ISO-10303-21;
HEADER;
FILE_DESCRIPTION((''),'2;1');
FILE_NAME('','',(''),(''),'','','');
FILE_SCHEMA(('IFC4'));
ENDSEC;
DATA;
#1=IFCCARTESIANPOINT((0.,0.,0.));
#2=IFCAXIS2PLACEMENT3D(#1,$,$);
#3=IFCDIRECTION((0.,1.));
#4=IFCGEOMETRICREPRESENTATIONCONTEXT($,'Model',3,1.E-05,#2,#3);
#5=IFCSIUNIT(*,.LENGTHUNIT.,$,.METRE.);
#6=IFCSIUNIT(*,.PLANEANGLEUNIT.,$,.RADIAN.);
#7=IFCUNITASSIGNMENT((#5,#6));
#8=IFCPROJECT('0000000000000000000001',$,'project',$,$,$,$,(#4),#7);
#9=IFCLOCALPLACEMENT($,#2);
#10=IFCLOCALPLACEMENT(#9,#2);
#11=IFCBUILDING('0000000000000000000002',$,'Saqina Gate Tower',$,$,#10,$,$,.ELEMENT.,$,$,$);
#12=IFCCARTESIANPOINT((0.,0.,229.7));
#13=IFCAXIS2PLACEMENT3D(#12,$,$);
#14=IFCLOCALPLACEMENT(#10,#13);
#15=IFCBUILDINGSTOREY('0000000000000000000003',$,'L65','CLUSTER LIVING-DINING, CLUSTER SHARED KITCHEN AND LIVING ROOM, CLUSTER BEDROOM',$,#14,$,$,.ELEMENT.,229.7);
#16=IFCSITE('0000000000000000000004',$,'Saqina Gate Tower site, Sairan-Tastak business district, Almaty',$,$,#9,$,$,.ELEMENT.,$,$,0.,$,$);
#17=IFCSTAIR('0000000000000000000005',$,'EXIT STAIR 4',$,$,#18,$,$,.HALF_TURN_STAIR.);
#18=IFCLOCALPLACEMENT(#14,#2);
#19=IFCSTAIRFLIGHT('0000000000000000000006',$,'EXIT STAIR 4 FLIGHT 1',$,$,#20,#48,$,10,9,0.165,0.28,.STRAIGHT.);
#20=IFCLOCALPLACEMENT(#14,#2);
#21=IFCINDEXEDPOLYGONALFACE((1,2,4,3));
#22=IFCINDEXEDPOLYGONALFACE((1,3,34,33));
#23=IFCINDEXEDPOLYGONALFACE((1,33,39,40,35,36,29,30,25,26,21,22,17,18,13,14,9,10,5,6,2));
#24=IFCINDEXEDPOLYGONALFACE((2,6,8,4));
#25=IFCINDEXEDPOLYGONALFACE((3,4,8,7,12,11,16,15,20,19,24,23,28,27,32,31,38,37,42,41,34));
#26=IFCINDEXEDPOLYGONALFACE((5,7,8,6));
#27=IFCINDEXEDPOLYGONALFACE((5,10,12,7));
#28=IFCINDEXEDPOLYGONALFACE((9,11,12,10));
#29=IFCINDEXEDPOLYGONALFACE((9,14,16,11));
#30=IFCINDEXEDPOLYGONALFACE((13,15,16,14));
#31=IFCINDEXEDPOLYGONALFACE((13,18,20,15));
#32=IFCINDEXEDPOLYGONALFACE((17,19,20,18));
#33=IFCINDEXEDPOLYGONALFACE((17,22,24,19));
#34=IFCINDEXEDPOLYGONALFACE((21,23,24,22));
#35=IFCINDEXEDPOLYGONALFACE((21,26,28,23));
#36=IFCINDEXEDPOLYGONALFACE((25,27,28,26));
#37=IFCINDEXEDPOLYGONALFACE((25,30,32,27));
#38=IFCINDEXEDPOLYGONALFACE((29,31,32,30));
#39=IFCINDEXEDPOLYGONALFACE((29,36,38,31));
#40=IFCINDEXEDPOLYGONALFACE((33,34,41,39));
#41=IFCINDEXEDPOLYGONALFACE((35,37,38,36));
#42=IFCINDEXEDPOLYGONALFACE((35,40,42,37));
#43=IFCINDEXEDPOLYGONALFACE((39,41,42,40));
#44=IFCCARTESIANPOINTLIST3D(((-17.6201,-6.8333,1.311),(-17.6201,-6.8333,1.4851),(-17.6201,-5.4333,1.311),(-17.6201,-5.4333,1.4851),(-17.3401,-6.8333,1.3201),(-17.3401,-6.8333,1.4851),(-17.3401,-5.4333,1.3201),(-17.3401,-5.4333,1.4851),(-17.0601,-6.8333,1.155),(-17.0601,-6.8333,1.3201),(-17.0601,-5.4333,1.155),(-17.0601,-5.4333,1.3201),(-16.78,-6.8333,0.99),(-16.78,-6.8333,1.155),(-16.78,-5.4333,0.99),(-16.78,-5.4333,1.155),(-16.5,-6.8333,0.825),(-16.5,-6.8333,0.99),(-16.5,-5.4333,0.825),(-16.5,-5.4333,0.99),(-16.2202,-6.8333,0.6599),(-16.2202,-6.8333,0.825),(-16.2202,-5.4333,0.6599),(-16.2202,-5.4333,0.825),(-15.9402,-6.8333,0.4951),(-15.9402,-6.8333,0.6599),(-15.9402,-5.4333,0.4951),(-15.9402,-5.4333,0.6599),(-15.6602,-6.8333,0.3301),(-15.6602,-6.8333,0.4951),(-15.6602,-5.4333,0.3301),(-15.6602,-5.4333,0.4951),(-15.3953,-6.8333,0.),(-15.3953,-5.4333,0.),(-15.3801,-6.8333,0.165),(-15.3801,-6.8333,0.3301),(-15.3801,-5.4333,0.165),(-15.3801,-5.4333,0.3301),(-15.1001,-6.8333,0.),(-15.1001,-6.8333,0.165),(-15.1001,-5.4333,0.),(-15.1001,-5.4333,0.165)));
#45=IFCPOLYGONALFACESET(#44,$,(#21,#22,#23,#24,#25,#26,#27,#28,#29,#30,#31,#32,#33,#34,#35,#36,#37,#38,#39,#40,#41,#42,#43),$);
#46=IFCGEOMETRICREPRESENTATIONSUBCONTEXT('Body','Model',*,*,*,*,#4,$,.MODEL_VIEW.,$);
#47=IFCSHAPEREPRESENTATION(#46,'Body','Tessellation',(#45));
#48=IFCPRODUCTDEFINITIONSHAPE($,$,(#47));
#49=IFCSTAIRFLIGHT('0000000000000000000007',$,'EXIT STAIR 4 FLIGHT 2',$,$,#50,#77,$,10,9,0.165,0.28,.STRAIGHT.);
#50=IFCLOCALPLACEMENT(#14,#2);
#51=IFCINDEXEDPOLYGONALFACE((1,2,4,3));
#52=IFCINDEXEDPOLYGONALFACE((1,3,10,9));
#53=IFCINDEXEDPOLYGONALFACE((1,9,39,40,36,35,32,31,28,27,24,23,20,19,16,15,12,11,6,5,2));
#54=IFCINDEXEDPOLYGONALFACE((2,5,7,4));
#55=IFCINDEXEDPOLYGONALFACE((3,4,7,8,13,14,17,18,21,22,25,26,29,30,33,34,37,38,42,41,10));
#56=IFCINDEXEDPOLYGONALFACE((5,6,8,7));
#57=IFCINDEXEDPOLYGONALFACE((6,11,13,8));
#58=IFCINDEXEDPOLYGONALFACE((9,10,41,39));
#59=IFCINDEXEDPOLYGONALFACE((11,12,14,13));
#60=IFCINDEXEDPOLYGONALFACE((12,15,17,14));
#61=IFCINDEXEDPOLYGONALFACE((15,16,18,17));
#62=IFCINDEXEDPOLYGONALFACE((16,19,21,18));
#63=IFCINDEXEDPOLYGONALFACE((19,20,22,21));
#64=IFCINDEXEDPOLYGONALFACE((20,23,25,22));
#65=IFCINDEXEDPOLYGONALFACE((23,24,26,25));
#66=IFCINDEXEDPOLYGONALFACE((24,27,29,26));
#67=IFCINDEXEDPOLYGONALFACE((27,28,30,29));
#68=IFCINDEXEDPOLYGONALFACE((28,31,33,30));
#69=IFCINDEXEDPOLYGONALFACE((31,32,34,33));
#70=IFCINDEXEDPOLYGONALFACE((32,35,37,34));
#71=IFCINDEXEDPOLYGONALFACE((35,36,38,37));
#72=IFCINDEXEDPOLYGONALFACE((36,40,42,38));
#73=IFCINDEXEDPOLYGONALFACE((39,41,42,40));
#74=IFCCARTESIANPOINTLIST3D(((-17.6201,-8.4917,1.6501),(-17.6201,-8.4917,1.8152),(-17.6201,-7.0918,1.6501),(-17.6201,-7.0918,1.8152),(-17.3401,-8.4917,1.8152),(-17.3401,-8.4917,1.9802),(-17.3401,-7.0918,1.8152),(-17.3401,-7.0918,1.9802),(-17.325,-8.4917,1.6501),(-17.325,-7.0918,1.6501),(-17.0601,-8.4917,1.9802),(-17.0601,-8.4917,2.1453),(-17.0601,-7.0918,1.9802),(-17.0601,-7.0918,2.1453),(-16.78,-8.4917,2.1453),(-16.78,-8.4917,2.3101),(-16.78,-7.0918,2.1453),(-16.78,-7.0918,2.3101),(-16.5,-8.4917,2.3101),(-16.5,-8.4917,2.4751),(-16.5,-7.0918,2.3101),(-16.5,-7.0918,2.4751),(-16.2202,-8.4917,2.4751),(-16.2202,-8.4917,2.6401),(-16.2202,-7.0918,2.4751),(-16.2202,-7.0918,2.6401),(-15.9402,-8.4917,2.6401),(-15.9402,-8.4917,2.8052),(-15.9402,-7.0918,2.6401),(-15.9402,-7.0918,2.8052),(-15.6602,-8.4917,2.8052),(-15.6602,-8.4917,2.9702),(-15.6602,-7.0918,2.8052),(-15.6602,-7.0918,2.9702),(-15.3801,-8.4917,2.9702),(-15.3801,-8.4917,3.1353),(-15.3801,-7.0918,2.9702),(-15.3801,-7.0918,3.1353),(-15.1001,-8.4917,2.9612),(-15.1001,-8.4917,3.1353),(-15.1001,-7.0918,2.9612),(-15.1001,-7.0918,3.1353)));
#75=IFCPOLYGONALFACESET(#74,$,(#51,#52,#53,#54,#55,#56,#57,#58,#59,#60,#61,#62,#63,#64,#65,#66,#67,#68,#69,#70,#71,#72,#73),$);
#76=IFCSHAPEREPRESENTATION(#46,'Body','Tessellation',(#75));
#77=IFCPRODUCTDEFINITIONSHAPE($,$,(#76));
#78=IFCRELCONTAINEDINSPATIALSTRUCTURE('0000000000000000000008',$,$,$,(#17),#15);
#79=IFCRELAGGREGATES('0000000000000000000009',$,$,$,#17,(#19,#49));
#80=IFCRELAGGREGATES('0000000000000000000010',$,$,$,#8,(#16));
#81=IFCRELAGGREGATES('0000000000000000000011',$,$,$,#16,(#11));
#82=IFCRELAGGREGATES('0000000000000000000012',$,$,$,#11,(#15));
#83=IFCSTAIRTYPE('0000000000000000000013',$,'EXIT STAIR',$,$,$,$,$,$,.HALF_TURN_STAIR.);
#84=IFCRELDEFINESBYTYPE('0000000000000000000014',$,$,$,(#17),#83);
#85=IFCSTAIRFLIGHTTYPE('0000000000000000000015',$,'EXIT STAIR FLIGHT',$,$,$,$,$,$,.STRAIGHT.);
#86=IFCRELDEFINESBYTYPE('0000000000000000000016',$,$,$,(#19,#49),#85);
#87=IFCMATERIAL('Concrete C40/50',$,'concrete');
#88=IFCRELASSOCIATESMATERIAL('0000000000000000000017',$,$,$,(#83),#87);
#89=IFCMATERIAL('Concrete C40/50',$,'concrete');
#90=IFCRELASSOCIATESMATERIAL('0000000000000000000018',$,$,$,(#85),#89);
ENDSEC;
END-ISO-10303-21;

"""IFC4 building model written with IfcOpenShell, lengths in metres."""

from ifc_helpers import new_model, si_unit, direction, frame, origin, place, context, subcontext, project, spatial, polyline, outline, extrude, material, type_object, element, aggregate, save


model = new_model("IFC4")

# Units and contexts
model_context = context("Model", 3, precision=1e-05, world=origin(), true_north=direction((0.0, 1.0)))
body_context = subcontext(model_context, "Body", "Model", "MODEL_VIEW")
ifc_project = project(units=[si_unit("LENGTHUNIT", "METRE"), si_unit("PLANEANGLEUNIT", "RADIAN")], contexts=[model_context])

# Site, building, storey
site_placement = place(None, origin())
site = spatial("IfcSite", under=ifc_project, at=site_placement, Name="Saqina Gate Tower site, Sairan-Tastak business district, Almaty", CompositionType="ELEMENT", RefElevation=0.0)
building_placement = place(site_placement, origin())
building = spatial("IfcBuilding", under=site, at=building_placement, Name="Saqina Gate Tower", CompositionType="ELEMENT")
storey_placement = place(building_placement, frame((0.0, 0.0, 229.7)))
storey = spatial("IfcBuildingStorey", under=building, at=storey_placement, Name="L65", Description="CLUSTER LIVING-DINING, CLUSTER SHARED KITCHEN AND LIVING ROOM, CLUSTER BEDROOM", CompositionType="ELEMENT", Elevation=229.7)

# Stair, stair flights
ifc_material_1 = material(Name="Concrete C40/50", Category="concrete")
stair_type = type_object("IfcStairType", Name="EXIT STAIR", PredefinedType="HALF_TURN_STAIR", material=ifc_material_1)
stair_placement = place(storey_placement, origin())
stair = element("IfcStair", 1, at=stair_placement, inside=storey, type_object=stair_type, Name="EXIT STAIR 4", PredefinedType="HALF_TURN_STAIR")
ifc_material_2 = material(Name="Concrete C40/50", Category="concrete")
stair_flight_type = type_object("IfcStairFlightType", Name="EXIT STAIR FLIGHT", PredefinedType="STRAIGHT", material=ifc_material_2)
stair_flight_1_placement = place(storey_placement, frame((-15.1001, -6.1333, 0.0), z_axis=(0.0, 0.0, 1.0), x_axis=(-1.0, 0.0, 0.0)))
stair_flight_1 = element("IfcStairFlight", 2, at=stair_flight_1_placement, type_object=stair_flight_type, Name="EXIT STAIR 4 FLIGHT 1", NumberOfRisers=10, NumberOfTreads=9, PredefinedType="STRAIGHT", RiserHeight=0.165, TreadLength=0.28, context=body_context, shape_type="SweptSolid", body=[
    extrude(outline(polyline([(0.0, 0.0), (0.0, 0.165), (0.28, 0.165), (0.28, 0.3301), (0.5601, 0.3301), (0.5601, 0.4951), (0.8401, 0.4951), (0.8401, 0.6599), (1.1201, 0.6599), (1.1201, 0.825), (1.3999, 0.825), (1.3999, 0.99), (1.6799, 0.99), (1.6799, 1.155), (1.96, 1.155), (1.96, 1.3201), (2.24, 1.3201), (2.24, 1.4851), (2.52, 1.4851), (2.52, 1.6499), (2.52, 1.311), (0.2952, 0.0), (0.0, 0.0)])), frame((0.0, 0.7, 0.0), z_axis=(0.0, -1.0, 0.0), x_axis=(1.0, 0.0, 0.0)), (0.0, 0.0, 1.0), 1.3999),
])
stair_flight_2_placement = place(storey_placement, frame((-17.6201, -7.7917, 1.6501), z_axis=(0.0, 0.0, 1.0), x_axis=(1.0, 0.0, 0.0)))
stair_flight_2 = element("IfcStairFlight", 3, at=stair_flight_2_placement, type_object=stair_flight_type, Name="EXIT STAIR 4 FLIGHT 2", NumberOfRisers=10, NumberOfTreads=9, PredefinedType="STRAIGHT", RiserHeight=0.165, TreadLength=0.28, context=body_context, shape_type="SweptSolid", body=[
    extrude(outline(polyline([(0.0, 0.0), (0.0, 0.165), (0.28, 0.165), (0.28, 0.3301), (0.5601, 0.3301), (0.5601, 0.4951), (0.8401, 0.4951), (0.8401, 0.6599), (1.1201, 0.6599), (1.1201, 0.825), (1.3999, 0.825), (1.3999, 0.99), (1.6799, 0.99), (1.6799, 1.155), (1.96, 1.155), (1.96, 1.3201), (2.24, 1.3201), (2.24, 1.4851), (2.52, 1.4851), (2.52, 1.6499), (2.52, 1.311), (0.2952, 0.0), (0.0, 0.0)])), frame((0.0, 0.7, 0.0), z_axis=(0.0, -1.0, 0.0), x_axis=(1.0, 0.0, 0.0)), (0.0, 0.0, 1.0), 1.3999),
])
aggregate(stair, [stair_flight_1, stair_flight_2])

save(model, "model.ifc")
